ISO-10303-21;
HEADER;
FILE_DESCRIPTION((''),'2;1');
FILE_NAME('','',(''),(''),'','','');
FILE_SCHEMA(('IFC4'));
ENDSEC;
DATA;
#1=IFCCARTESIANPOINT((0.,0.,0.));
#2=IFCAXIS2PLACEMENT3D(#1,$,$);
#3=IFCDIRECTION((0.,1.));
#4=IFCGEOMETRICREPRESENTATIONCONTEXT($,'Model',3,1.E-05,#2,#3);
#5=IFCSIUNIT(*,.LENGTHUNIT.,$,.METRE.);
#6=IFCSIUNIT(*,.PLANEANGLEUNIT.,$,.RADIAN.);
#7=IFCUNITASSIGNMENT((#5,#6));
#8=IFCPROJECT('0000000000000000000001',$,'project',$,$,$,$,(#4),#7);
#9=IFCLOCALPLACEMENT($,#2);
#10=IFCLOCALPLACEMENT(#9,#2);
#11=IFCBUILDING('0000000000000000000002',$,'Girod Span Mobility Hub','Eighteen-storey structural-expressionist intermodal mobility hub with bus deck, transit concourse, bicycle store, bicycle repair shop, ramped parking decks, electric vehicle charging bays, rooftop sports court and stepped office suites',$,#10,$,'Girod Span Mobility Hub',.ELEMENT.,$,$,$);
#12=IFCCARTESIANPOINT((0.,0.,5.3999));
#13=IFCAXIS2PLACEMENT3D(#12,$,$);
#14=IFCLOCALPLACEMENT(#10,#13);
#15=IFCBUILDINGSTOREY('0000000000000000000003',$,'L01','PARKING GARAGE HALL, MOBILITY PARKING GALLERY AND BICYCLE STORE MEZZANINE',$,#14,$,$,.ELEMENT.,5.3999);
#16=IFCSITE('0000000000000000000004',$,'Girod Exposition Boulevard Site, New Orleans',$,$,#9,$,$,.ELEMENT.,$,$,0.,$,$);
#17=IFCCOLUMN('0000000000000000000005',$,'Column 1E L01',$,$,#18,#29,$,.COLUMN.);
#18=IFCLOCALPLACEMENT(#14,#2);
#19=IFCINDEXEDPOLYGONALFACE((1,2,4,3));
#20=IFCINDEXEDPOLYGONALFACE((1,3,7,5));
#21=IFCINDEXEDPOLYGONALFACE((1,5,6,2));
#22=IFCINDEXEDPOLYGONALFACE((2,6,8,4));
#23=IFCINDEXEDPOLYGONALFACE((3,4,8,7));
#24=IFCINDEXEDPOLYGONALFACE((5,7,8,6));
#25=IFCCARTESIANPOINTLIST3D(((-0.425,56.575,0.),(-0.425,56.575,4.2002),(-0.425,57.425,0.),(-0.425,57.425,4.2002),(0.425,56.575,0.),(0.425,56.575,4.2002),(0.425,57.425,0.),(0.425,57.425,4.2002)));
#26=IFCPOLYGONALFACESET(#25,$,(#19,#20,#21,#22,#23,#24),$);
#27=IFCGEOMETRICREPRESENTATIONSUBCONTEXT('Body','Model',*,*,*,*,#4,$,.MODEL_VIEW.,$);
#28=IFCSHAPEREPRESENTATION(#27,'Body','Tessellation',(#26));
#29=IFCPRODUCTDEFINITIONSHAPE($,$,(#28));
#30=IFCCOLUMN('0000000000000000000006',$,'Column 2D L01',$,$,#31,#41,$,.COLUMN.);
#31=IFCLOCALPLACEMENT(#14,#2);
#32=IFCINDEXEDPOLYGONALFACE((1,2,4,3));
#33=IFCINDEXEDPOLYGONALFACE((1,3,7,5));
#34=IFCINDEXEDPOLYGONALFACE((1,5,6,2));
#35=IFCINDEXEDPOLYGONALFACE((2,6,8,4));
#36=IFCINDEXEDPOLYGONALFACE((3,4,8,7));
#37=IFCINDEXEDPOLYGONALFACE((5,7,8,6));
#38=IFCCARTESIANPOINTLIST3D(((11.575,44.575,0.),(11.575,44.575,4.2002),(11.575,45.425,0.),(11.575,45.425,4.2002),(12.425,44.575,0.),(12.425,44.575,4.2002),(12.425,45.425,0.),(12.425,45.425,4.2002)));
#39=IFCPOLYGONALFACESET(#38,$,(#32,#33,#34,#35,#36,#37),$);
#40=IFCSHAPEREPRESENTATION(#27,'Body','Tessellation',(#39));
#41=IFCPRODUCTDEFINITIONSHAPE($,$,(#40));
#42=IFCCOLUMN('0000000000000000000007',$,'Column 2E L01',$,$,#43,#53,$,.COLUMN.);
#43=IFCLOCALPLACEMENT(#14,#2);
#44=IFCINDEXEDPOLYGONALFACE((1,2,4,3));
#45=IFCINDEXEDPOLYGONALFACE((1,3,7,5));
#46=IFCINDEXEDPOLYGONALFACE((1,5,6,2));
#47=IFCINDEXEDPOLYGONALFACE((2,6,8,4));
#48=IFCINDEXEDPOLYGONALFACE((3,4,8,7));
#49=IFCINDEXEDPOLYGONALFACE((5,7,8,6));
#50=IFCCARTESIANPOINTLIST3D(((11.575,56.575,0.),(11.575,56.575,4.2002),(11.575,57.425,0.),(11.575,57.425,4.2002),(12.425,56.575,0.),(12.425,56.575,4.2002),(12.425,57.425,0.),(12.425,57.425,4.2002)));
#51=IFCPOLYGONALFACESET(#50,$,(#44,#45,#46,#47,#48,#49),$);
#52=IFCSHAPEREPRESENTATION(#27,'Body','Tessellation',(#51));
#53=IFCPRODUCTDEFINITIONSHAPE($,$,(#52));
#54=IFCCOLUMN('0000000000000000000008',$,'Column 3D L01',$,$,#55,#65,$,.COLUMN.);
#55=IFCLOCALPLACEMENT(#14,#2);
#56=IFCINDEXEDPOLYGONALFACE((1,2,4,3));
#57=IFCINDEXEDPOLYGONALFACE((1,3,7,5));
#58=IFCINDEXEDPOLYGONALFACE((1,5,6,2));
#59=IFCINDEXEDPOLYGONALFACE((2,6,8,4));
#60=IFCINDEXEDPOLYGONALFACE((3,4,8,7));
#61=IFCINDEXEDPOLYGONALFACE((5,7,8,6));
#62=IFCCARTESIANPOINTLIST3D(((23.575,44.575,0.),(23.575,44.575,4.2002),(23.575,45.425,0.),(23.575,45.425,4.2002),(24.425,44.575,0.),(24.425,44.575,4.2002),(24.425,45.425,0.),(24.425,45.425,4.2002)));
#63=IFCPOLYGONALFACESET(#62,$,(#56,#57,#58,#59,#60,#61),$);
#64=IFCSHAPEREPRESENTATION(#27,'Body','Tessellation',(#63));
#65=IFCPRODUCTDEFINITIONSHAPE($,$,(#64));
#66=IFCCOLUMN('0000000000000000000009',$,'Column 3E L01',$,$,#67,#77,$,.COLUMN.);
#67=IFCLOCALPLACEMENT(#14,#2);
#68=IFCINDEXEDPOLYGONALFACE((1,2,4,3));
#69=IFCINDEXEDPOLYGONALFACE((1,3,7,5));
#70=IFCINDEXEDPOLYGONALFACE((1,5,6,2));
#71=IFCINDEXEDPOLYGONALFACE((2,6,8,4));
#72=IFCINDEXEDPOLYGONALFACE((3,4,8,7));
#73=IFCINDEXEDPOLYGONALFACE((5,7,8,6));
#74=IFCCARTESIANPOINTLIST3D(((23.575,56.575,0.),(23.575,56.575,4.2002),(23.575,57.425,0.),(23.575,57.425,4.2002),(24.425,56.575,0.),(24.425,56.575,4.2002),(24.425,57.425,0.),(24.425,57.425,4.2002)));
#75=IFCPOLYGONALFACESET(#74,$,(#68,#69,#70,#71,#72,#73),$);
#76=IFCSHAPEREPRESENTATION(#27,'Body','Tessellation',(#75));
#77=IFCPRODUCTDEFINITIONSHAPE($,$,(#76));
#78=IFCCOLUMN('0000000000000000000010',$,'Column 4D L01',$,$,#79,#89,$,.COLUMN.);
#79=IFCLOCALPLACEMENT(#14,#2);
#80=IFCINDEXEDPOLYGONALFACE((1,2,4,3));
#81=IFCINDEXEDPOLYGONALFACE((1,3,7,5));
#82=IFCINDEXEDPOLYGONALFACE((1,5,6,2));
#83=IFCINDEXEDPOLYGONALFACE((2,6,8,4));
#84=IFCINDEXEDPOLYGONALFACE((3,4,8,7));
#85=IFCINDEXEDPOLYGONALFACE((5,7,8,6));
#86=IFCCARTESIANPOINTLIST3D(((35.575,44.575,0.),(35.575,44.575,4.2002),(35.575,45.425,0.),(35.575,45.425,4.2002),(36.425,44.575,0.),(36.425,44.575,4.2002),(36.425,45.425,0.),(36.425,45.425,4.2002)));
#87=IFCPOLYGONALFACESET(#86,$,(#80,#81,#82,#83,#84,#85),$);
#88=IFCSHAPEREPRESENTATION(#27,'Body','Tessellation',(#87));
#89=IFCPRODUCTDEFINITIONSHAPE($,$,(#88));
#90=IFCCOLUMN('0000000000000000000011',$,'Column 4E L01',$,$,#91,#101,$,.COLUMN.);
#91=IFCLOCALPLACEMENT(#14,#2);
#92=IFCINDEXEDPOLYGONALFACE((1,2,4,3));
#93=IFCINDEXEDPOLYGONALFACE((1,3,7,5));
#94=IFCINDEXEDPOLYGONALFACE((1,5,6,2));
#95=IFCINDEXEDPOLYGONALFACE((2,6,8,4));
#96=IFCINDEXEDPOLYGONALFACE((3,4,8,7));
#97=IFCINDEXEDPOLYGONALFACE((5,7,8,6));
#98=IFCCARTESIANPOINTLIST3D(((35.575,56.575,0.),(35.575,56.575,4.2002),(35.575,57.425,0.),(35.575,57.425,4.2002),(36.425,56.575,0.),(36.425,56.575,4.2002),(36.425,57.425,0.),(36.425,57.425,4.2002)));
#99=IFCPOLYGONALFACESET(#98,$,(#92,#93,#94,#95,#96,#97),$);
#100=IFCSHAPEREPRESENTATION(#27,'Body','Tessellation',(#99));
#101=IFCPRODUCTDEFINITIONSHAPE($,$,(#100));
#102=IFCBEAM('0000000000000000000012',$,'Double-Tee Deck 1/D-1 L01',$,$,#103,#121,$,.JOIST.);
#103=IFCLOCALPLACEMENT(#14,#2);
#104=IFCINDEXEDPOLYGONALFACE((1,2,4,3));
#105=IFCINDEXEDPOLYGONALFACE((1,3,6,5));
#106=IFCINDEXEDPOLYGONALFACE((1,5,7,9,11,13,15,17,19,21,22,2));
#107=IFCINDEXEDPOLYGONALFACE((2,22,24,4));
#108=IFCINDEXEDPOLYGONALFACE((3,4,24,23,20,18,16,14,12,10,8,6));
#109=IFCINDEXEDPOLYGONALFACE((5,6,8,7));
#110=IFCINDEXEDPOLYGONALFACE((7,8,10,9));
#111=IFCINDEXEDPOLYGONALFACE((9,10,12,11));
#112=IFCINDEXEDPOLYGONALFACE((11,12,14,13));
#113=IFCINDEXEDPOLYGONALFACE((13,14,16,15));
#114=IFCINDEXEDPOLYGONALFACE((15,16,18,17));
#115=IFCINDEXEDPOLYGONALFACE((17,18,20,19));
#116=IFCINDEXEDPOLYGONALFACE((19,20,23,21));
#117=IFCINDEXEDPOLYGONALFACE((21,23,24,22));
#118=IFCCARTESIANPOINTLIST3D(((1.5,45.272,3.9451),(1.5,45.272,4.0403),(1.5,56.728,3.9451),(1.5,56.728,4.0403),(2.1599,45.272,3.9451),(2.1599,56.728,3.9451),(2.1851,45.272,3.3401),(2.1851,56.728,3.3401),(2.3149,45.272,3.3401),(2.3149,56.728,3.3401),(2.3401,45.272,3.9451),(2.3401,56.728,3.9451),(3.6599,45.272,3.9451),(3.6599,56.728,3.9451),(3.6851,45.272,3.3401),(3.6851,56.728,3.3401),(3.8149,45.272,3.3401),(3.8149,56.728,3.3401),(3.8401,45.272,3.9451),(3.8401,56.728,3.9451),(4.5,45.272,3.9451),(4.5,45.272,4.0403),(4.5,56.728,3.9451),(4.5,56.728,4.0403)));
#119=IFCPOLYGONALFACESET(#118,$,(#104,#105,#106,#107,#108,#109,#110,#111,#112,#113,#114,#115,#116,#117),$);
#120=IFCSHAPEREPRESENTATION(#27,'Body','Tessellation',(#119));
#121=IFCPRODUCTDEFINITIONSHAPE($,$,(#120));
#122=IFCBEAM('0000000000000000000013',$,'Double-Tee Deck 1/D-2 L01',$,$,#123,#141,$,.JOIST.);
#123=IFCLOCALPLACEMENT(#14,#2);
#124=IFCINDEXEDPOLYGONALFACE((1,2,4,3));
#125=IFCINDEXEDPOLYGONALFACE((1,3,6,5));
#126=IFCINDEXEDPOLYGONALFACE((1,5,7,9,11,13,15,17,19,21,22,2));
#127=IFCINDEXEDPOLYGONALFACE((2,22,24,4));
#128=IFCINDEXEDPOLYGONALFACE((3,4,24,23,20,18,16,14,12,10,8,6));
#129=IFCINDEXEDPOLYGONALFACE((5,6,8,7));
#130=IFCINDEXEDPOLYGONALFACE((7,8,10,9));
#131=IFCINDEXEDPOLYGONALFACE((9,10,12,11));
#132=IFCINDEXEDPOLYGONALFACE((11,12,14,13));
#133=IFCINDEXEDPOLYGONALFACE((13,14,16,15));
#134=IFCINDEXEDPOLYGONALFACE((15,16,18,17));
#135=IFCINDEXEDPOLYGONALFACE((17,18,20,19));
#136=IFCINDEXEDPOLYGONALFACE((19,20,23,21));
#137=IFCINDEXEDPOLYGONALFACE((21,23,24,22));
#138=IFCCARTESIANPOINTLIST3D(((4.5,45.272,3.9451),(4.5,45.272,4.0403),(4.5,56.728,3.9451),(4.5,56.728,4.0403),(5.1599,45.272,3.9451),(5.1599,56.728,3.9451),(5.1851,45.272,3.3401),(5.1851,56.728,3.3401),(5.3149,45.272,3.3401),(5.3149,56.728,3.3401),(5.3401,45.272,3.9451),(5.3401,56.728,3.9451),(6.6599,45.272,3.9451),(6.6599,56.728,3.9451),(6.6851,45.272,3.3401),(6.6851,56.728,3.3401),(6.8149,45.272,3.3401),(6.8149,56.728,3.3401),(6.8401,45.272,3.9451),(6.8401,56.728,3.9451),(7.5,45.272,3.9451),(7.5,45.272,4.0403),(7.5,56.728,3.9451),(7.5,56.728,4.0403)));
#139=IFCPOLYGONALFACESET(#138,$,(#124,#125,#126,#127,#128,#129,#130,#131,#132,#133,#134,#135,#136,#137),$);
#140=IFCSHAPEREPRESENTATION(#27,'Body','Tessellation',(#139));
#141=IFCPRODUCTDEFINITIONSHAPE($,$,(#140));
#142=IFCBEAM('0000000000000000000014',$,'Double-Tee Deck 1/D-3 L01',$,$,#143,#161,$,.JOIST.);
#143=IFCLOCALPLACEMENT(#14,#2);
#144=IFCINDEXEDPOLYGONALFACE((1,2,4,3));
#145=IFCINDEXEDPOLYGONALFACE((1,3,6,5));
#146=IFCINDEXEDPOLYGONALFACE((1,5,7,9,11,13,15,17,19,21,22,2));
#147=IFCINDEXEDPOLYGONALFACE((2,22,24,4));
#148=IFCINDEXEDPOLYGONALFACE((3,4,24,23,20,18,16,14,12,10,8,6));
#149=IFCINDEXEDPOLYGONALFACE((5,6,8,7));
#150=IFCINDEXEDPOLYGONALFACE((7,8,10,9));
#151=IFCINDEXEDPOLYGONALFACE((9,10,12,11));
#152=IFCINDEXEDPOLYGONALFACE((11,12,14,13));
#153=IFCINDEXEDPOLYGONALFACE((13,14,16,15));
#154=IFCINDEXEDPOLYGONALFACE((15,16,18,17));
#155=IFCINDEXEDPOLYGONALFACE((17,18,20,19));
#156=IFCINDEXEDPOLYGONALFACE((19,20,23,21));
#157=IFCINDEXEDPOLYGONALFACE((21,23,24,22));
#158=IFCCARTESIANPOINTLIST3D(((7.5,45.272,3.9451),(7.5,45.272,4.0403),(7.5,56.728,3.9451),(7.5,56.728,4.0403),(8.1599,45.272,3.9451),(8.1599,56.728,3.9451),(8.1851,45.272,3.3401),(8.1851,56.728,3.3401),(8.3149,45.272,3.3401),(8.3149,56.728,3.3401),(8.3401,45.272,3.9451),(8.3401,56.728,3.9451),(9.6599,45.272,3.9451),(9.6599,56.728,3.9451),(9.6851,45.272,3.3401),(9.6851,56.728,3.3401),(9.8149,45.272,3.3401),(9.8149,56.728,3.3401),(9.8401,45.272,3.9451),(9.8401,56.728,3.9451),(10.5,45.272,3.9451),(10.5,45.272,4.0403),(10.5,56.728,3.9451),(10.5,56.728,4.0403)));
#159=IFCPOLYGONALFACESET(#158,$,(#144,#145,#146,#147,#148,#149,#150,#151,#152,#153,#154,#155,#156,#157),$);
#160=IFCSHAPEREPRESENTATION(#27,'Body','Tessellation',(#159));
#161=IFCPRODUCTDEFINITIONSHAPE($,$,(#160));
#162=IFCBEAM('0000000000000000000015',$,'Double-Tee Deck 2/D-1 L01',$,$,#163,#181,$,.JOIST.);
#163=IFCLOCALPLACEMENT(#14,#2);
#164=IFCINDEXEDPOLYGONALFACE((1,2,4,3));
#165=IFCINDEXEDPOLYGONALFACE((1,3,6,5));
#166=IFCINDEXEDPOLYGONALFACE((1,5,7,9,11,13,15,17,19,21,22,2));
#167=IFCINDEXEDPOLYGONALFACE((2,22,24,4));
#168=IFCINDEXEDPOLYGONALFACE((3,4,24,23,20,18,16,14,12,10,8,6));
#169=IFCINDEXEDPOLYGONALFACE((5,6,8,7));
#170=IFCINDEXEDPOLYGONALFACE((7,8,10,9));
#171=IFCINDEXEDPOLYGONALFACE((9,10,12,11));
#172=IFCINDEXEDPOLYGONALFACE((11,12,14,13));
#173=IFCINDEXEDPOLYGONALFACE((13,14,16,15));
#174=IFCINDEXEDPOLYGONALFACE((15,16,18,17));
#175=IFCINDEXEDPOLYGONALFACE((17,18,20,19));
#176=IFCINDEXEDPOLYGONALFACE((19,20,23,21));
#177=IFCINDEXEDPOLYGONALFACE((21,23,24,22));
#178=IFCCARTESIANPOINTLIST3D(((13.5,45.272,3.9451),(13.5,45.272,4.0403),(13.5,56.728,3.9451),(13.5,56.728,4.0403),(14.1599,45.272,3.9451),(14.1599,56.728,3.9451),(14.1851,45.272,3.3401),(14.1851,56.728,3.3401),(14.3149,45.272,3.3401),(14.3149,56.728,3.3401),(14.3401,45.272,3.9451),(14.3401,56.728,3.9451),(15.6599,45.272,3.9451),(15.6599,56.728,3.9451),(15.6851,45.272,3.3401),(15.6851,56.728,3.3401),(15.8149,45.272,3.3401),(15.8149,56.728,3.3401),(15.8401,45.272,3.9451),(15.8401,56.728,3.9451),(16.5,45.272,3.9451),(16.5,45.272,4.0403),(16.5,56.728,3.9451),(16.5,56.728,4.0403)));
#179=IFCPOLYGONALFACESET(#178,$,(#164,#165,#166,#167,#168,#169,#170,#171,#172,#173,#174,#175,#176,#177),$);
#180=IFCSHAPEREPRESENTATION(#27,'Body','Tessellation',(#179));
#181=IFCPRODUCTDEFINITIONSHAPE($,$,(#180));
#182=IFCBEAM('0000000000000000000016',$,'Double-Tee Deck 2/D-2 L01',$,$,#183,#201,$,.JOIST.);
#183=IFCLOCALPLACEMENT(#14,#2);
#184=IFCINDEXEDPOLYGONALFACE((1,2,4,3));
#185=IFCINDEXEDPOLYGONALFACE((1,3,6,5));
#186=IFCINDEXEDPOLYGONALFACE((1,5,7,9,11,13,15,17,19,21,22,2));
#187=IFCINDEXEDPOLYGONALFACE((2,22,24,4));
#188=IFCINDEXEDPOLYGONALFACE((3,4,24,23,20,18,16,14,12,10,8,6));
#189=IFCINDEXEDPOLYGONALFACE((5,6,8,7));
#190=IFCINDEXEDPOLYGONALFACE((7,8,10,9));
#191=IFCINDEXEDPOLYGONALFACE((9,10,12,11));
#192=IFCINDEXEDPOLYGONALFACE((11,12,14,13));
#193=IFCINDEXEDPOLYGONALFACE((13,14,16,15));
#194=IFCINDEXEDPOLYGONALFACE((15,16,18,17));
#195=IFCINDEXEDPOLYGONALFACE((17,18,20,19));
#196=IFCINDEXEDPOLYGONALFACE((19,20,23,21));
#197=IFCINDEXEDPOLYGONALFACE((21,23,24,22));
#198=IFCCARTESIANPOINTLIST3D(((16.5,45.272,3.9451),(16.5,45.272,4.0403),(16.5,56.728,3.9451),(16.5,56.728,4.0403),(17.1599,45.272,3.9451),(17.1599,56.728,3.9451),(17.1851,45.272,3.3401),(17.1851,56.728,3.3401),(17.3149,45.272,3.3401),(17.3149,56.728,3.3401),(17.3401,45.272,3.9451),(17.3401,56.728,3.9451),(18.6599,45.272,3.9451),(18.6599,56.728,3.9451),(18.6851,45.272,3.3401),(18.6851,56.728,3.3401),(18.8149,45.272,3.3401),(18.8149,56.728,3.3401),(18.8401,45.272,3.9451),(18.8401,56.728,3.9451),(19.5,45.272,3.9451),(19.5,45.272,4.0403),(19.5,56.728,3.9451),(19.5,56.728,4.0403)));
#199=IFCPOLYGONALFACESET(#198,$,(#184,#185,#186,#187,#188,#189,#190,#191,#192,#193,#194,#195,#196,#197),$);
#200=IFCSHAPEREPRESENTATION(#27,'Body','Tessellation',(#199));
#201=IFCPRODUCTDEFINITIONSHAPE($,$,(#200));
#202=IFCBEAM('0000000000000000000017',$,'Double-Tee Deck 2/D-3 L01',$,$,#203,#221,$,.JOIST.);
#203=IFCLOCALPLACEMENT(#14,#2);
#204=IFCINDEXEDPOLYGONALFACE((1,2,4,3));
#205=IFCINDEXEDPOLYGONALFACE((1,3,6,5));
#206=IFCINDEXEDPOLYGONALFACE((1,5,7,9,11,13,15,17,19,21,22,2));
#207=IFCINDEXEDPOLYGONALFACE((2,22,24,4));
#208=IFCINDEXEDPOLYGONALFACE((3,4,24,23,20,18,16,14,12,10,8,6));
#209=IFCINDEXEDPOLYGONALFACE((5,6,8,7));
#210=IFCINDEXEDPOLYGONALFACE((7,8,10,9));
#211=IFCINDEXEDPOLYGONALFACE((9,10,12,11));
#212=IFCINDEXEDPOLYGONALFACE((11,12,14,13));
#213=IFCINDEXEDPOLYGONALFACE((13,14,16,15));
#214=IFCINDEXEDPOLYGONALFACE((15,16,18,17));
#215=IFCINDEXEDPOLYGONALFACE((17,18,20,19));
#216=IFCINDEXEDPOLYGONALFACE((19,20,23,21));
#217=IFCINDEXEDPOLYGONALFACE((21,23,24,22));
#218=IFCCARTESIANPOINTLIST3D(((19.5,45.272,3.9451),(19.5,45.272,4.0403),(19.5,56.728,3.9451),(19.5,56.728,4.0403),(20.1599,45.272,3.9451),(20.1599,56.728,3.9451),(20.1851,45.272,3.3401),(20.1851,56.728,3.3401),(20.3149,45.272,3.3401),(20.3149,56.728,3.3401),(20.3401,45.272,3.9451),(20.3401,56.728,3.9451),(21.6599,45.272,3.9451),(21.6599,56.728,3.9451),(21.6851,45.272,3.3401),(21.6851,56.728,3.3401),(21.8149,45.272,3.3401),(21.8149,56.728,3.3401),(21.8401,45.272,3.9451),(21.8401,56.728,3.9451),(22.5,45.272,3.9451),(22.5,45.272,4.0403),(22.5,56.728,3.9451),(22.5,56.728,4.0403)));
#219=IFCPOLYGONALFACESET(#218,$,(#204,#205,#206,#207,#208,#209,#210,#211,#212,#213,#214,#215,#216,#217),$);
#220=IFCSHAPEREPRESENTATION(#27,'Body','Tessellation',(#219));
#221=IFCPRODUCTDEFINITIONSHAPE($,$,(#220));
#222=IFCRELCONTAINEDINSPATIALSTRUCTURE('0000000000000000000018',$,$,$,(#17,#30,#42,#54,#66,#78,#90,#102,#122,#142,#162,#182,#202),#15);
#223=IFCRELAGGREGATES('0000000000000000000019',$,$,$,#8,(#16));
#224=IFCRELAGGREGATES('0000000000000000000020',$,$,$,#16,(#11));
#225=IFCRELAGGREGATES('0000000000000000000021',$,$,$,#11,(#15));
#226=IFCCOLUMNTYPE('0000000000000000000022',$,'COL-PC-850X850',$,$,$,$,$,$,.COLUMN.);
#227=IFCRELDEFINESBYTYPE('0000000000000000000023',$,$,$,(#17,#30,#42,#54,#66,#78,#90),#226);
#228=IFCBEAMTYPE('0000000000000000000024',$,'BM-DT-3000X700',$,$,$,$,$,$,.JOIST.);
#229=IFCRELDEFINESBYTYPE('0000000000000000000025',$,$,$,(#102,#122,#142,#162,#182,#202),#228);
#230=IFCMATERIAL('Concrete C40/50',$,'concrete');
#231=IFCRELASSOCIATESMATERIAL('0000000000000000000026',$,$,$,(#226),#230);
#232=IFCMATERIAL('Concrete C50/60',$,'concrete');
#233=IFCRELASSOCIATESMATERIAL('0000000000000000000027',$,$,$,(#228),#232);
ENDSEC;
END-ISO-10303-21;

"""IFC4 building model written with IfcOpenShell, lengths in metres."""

from ifc_helpers import new_model, si_unit, direction, frame, origin, origin_2d, place, context, subcontext, project, spatial, polyline, rectangle, outline, extrude, material, material_profile, profile_set, type_object, element, save


model = new_model("IFC4")

# Units and contexts
model_context = context("Model", 3, precision=1e-05, world=origin(), true_north=direction((0.0, 1.0)))
body_context = subcontext(model_context, "Body", "Model", "MODEL_VIEW")
ifc_project = project(units=[si_unit("LENGTHUNIT", "METRE"), si_unit("PLANEANGLEUNIT", "RADIAN")], contexts=[model_context])

# Site, building, storey
site_placement = place(None, origin())
site = spatial("IfcSite", under=ifc_project, at=site_placement, Name="Girod Exposition Boulevard Site, New Orleans", CompositionType="ELEMENT", RefElevation=0.0)
building_placement = place(site_placement, origin())
building = spatial("IfcBuilding", under=site, at=building_placement, Name="Girod Span Mobility Hub", Description="Eighteen-storey structural-expressionist intermodal mobility hub with bus deck, transit concourse, bicycle store, bicycle repair shop, ramped parking decks, electric vehicle charging bays, rooftop sports court and stepped office suites", LongName="Girod Span Mobility Hub", CompositionType="ELEMENT")
storey_placement = place(building_placement, frame((0.0, 0.0, 5.3999)))
storey = spatial("IfcBuildingStorey", under=building, at=storey_placement, Name="L01", Description="PARKING GARAGE HALL, MOBILITY PARKING GALLERY AND BICYCLE STORE MEZZANINE", CompositionType="ELEMENT", Elevation=5.3999)

# Columns
ifc_material_1 = material(Name="Concrete C40/50", Category="concrete")
ifc_material_profile_1 = material_profile(ifc_material_1, rectangle(XDim=0.8501, YDim=0.8501, at=origin_2d()), Name="PC-COL-850X850")
ifc_profile_set_1 = profile_set([ifc_material_profile_1], Name="Concrete C40/50")
column_type = type_object("IfcColumnType", Name="COL-PC-850X850", PredefinedType="COLUMN", material=ifc_profile_set_1)
for number, where, z_axis, x_axis, name in (
    (1, (0.0, 57.0, 0.0), (0.0, 0.0, 1.0), (1.0, 0.0, 0.0), "Column 1E L01"),
    (2, (12.0, 45.0, 0.0), (0.0, 0.0, 1.0), (1.0, 0.0, 0.0), "Column 2D L01"),
    (3, (12.0, 57.0, 0.0), (0.0, 0.0, 1.0), (1.0, 0.0, 0.0), "Column 2E L01"),
    (4, (24.0, 45.0, 0.0), (0.0, 0.0, 1.0), (1.0, 0.0, 0.0), "Column 3D L01"),
    (5, (24.0, 57.0, 0.0), (0.0, 0.0, 1.0), (1.0, 0.0, 0.0), "Column 3E L01"),
    (6, (36.0, 45.0, 0.0), (0.0, 0.0, 1.0), (1.0, 0.0, 0.0), "Column 4D L01"),
    (7, (36.0, 57.0, 0.0), (0.0, 0.0, 1.0), (1.0, 0.0, 0.0), "Column 4E L01"),
):
    element("IfcColumn", number, at=place(storey_placement, frame(where, z_axis=z_axis, x_axis=x_axis)), inside=storey, type_object=column_type, Name=name, PredefinedType="COLUMN", context=body_context, shape_type="SweptSolid", body=[
        extrude(rectangle(XDim=0.8501, YDim=0.8501, at=origin_2d()), origin(), (0.0, 0.0, 1.0), 4.2002),
    ])

# Beams
ifc_material_2 = material(Name="Concrete C50/60", Category="concrete")
ifc_material_profile_2 = material_profile(ifc_material_2, outline(polyline([(-1.5, 0.3501), (-1.5, 0.2549), (-0.8401, 0.2549), (-0.8149, -0.3501), (-0.6851, -0.3501), (-0.6599, 0.2549), (0.6599, 0.2549), (0.6851, -0.3501), (0.8149, -0.3501), (0.8401, 0.2549), (1.5, 0.2549), (1.5, 0.3501), (-1.5, 0.3501)])), Name="DT-3000X700")
ifc_profile_set_2 = profile_set([ifc_material_profile_2], Name="Concrete C50/60")
beam_type_1 = type_object("IfcBeamType", Name="BM-DT-3000X700", PredefinedType="JOIST", material=ifc_profile_set_2)
for number, where, z_axis, x_axis, name in (
    (8, (3.0, 45.272, 3.6902), (0.0, 1.0, 0.0), (-1.0, 0.0, 0.0), "Double-Tee Deck 1/D-1 L01"),
    (9, (6.0, 45.272, 3.6902), (0.0, 1.0, 0.0), (-1.0, 0.0, 0.0), "Double-Tee Deck 1/D-2 L01"),
    (10, (9.0, 45.272, 3.6902), (0.0, 1.0, 0.0), (-1.0, 0.0, 0.0), "Double-Tee Deck 1/D-3 L01"),
    (11, (15.0, 45.272, 3.6902), (0.0, 1.0, 0.0), (-1.0, 0.0, 0.0), "Double-Tee Deck 2/D-1 L01"),
    (12, (18.0, 45.272, 3.6902), (0.0, 1.0, 0.0), (-1.0, 0.0, 0.0), "Double-Tee Deck 2/D-2 L01"),
    (13, (21.0, 45.272, 3.6902), (0.0, 1.0, 0.0), (-1.0, 0.0, 0.0), "Double-Tee Deck 2/D-3 L01"),
):
    element("IfcBeam", number, at=place(storey_placement, frame(where, z_axis=z_axis, x_axis=x_axis)), inside=storey, type_object=beam_type_1, Name=name, PredefinedType="JOIST", context=body_context, shape_type="SweptSolid", body=[
        extrude(outline(polyline([(-1.5, 0.3501), (-1.5, 0.2549), (-0.8401, 0.2549), (-0.8149, -0.3501), (-0.6851, -0.3501), (-0.6599, 0.2549), (0.6599, 0.2549), (0.6851, -0.3501), (0.8149, -0.3501), (0.8401, 0.2549), (1.5, 0.2549), (1.5, 0.3501), (-1.5, 0.3501)])), origin(), (0.0, 0.0, 1.0), 11.4561),
    ])

save(model, "model.ifc")
